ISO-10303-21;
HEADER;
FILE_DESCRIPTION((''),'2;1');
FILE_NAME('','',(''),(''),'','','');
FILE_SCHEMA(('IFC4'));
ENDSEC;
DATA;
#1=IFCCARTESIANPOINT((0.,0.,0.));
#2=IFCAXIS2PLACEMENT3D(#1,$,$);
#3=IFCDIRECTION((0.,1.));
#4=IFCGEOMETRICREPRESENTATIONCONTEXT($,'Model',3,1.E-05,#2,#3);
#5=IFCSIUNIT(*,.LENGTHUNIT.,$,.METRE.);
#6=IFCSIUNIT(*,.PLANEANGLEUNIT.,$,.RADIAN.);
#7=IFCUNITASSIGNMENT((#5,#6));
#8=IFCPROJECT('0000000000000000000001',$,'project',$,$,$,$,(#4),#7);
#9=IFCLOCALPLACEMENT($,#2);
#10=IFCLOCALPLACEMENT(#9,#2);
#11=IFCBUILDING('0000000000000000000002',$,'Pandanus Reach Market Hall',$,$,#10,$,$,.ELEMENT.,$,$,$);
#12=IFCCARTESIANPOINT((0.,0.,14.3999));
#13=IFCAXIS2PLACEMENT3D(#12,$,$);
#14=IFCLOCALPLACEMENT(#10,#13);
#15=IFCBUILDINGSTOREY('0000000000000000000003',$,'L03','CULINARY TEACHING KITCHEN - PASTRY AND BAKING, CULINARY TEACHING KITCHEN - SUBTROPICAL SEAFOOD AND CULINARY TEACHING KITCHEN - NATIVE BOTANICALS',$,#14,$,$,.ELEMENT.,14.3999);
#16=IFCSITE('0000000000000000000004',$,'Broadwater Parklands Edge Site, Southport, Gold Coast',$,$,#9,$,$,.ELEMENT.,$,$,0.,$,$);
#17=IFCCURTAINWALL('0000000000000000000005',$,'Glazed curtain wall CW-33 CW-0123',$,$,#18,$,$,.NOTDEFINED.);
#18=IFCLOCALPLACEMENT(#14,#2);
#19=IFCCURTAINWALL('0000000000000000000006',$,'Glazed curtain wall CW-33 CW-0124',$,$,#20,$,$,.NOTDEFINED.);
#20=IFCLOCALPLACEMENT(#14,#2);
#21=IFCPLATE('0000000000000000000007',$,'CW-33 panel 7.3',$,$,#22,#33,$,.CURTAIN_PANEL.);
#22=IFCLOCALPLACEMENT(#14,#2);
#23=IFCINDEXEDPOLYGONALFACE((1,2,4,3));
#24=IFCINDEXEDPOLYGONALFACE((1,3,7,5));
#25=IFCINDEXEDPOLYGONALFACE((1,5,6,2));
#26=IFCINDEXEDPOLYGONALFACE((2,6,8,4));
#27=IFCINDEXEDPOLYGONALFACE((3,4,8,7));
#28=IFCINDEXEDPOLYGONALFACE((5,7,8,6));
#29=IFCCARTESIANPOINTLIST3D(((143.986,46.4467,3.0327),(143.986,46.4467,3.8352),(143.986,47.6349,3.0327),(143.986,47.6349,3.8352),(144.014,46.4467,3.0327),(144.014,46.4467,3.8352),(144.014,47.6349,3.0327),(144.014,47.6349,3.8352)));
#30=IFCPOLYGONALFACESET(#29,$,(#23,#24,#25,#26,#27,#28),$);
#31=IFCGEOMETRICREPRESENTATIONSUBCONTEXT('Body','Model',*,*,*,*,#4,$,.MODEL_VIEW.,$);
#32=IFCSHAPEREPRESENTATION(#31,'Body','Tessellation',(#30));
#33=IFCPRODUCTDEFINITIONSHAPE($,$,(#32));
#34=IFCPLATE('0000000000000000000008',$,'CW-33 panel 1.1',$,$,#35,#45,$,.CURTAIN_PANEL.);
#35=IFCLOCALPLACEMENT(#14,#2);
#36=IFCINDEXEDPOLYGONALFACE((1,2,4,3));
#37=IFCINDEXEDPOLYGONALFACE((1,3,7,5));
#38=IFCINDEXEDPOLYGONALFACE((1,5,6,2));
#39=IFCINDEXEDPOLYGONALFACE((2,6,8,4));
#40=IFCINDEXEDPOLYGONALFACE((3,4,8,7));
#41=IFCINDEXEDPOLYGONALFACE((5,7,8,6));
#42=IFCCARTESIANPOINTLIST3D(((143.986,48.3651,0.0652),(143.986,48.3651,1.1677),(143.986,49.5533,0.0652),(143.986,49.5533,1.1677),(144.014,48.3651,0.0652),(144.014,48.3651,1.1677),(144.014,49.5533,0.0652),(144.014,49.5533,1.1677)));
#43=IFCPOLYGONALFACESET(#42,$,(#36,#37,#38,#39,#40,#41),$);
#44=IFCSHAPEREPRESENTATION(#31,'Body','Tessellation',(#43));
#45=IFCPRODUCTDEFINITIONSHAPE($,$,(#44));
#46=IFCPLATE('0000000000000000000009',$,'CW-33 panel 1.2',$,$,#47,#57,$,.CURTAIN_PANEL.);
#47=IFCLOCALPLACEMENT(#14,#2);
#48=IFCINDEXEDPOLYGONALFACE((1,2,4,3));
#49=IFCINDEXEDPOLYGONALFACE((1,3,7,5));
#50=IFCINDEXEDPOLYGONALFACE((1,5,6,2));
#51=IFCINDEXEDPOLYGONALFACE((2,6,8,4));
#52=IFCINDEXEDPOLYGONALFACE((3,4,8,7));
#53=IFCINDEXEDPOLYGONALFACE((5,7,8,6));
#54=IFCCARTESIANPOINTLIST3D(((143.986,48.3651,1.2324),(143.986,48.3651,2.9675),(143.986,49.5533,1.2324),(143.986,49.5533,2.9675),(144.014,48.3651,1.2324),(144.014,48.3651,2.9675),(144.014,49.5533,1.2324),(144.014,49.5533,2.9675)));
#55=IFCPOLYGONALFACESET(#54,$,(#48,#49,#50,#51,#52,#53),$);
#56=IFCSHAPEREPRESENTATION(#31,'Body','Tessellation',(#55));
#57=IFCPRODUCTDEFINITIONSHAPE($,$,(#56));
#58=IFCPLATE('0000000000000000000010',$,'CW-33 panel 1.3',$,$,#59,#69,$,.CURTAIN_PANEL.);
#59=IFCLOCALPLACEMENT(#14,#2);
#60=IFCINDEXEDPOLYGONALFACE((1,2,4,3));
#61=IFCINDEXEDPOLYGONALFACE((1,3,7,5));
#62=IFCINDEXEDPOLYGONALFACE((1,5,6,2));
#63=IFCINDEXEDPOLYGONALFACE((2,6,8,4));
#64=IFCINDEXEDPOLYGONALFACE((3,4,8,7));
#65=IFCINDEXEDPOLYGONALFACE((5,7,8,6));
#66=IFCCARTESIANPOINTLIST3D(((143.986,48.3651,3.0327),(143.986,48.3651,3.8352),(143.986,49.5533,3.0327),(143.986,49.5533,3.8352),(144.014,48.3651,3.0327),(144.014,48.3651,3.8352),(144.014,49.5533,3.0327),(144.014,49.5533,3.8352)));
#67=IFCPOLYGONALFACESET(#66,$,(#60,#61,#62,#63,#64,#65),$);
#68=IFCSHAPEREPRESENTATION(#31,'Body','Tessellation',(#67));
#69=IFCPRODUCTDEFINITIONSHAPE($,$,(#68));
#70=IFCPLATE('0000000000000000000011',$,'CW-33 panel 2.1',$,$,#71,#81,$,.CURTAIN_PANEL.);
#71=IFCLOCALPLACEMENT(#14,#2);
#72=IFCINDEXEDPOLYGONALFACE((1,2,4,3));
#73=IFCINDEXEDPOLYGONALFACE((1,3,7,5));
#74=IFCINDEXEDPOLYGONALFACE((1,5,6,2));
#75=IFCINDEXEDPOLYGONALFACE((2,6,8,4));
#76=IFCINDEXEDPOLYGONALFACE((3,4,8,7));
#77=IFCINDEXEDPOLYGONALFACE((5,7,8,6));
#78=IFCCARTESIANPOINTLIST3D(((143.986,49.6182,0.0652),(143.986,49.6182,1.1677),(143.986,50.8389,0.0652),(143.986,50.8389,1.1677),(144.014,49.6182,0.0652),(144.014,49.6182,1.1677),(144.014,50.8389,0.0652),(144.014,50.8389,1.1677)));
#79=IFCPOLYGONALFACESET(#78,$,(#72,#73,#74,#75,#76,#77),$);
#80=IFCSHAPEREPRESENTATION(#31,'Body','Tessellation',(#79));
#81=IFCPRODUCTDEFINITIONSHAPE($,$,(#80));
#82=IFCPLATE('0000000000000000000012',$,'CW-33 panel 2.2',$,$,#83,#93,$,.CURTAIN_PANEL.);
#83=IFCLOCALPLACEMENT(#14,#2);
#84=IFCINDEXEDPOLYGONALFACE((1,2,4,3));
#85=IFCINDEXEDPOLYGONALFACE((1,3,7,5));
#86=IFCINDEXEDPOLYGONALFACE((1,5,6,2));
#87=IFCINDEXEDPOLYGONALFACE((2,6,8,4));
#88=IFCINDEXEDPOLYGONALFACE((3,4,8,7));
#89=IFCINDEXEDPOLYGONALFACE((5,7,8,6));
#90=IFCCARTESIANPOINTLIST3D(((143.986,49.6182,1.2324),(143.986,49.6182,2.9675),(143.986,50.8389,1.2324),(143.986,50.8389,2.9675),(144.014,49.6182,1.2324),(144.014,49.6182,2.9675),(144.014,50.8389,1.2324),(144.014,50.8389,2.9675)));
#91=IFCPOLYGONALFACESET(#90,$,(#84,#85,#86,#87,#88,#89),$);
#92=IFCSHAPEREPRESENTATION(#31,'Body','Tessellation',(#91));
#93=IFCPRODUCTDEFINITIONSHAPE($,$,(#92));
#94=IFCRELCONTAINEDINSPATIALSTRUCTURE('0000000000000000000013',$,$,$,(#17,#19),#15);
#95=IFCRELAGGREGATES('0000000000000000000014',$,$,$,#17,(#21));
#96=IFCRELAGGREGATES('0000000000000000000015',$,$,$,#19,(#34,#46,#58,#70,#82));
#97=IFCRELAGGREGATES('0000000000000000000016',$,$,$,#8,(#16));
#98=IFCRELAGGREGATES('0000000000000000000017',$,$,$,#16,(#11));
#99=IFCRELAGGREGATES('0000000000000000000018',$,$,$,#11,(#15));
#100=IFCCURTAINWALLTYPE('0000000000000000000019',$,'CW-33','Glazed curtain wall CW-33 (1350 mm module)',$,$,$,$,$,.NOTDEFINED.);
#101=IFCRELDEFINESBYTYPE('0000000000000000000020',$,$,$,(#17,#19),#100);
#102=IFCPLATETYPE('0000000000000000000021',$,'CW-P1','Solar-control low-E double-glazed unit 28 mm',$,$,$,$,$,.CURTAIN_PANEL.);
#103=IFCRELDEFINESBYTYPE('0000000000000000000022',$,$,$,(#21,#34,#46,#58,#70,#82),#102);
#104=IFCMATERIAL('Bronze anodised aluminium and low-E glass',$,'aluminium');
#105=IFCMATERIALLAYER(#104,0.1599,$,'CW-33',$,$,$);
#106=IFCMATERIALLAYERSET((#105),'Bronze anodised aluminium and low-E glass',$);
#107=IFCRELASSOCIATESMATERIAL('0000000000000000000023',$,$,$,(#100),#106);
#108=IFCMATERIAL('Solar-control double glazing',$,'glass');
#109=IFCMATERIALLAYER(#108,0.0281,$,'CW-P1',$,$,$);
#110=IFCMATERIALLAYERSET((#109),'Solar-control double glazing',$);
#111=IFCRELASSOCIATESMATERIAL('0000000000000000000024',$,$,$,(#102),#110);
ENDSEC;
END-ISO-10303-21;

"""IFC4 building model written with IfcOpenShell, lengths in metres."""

from ifc_helpers import new_model, si_unit, direction, frame, origin, origin_2d, place, context, subcontext, project, spatial, rectangle, extrude, material, layer, layer_set, type_object, element, aggregate, save


model = new_model("IFC4")

# Units and contexts
model_context = context("Model", 3, precision=1e-05, world=origin(), true_north=direction((0.0, 1.0)))
body_context = subcontext(model_context, "Body", "Model", "MODEL_VIEW")
ifc_project = project(units=[si_unit("LENGTHUNIT", "METRE"), si_unit("PLANEANGLEUNIT", "RADIAN")], contexts=[model_context])

# Site, building, storey
site_placement = place(None, origin())
site = spatial("IfcSite", under=ifc_project, at=site_placement, Name="Broadwater Parklands Edge Site, Southport, Gold Coast", CompositionType="ELEMENT", RefElevation=0.0)
building_placement = place(site_placement, origin())
building = spatial("IfcBuilding", under=site, at=building_placement, Name="Pandanus Reach Market Hall", CompositionType="ELEMENT")
storey_placement = place(building_placement, frame((0.0, 0.0, 14.3999)))
storey = spatial("IfcBuildingStorey", under=building, at=storey_placement, Name="L03", Description="CULINARY TEACHING KITCHEN - PASTRY AND BAKING, CULINARY TEACHING KITCHEN - SUBTROPICAL SEAFOOD AND CULINARY TEACHING KITCHEN - NATIVE BOTANICALS", CompositionType="ELEMENT", Elevation=14.3999)

# Curtain walls
ifc_material_1 = material(Name="Bronze anodised aluminium and low-E glass", Category="aluminium")
ifc_layer_1 = layer(ifc_material_1, 0.1599, Name="CW-33")
ifc_layer_set_1 = layer_set([ifc_layer_1], Name="Bronze anodised aluminium and low-E glass")
curtain_wall_type = type_object("IfcCurtainWallType", Name="CW-33", Description="Glazed curtain wall CW-33 (1350 mm module)", PredefinedType="NOTDEFINED", material=ifc_layer_set_1)
curtain_wall_1_placement = place(storey_placement, origin())
curtain_wall_1 = element("IfcCurtainWall", 1, at=curtain_wall_1_placement, inside=storey, type_object=curtain_wall_type, Name="Glazed curtain wall CW-33 CW-0123", PredefinedType="NOTDEFINED")
curtain_wall_2_placement = place(storey_placement, origin())
curtain_wall_2 = element("IfcCurtainWall", 2, at=curtain_wall_2_placement, inside=storey, type_object=curtain_wall_type, Name="Glazed curtain wall CW-33 CW-0124", PredefinedType="NOTDEFINED")

# Plates
ifc_material_2 = material(Name="Solar-control double glazing", Category="glass")
ifc_layer_2 = layer(ifc_material_2, 0.0281, Name="CW-P1")
ifc_layer_set_2 = layer_set([ifc_layer_2], Name="Solar-control double glazing")
plate_type = type_object("IfcPlateType", Name="CW-P1", Description="Solar-control low-E double-glazed unit 28 mm", PredefinedType="CURTAIN_PANEL", material=ifc_layer_set_2)
plate_1_placement = place(storey_placement, frame((144.0, 47.0408, 3.0327), z_axis=(0.0, 0.0, 1.0), x_axis=(0.0, 1.0, 0.0)))
plate_1 = element("IfcPlate", 3, at=plate_1_placement, type_object=plate_type, Name="CW-33 panel 7.3", PredefinedType="CURTAIN_PANEL", context=body_context, shape_type="SweptSolid", body=[
    extrude(rectangle(XDim=1.1882, YDim=0.0281, at=origin_2d()), origin(), (0.0, 0.0, 1.0), 0.8025),
])
aggregate(curtain_wall_1, [plate_1])
plate_2_placement = place(storey_placement, frame((144.0, 48.9592, 0.0652), z_axis=(0.0, 0.0, 1.0), x_axis=(0.0, 1.0, 0.0)))
plate_2 = element("IfcPlate", 4, at=plate_2_placement, type_object=plate_type, Name="CW-33 panel 1.1", PredefinedType="CURTAIN_PANEL", context=body_context, shape_type="SweptSolid", body=[
    extrude(rectangle(XDim=1.1882, YDim=0.0281, at=origin_2d()), origin(), (0.0, 0.0, 1.0), 1.1025),
])
plate_3_placement = place(storey_placement, frame((144.0, 48.9592, 1.2324), z_axis=(0.0, 0.0, 1.0), x_axis=(0.0, 1.0, 0.0)))
plate_3 = element("IfcPlate", 5, at=plate_3_placement, type_object=plate_type, Name="CW-33 panel 1.2", PredefinedType="CURTAIN_PANEL", context=body_context, shape_type="SweptSolid", body=[
    extrude(rectangle(XDim=1.1882, YDim=0.0281, at=origin_2d()), origin(), (0.0, 0.0, 1.0), 1.7351),
])
plate_4_placement = place(storey_placement, frame((144.0, 48.9592, 3.0327), z_axis=(0.0, 0.0, 1.0), x_axis=(0.0, 1.0, 0.0)))
plate_4 = element("IfcPlate", 6, at=plate_4_placement, type_object=plate_type, Name="CW-33 panel 1.3", PredefinedType="CURTAIN_PANEL", context=body_context, shape_type="SweptSolid", body=[
    extrude(rectangle(XDim=1.1882, YDim=0.0281, at=origin_2d()), origin(), (0.0, 0.0, 1.0), 0.8025),
])
plate_5_placement = place(storey_placement, frame((144.0, 50.2285, 0.0652), z_axis=(0.0, 0.0, 1.0), x_axis=(0.0, 1.0, 0.0)))
plate_5 = element("IfcPlate", 7, at=plate_5_placement, type_object=plate_type, Name="CW-33 panel 2.1", PredefinedType="CURTAIN_PANEL", context=body_context, shape_type="SweptSolid", body=[
    extrude(rectangle(XDim=1.2207, YDim=0.0281, at=origin_2d()), origin(), (0.0, 0.0, 1.0), 1.1025),
])
plate_6_placement = place(storey_placement, frame((144.0, 50.2285, 1.2324), z_axis=(0.0, 0.0, 1.0), x_axis=(0.0, 1.0, 0.0)))
plate_6 = element("IfcPlate", 8, at=plate_6_placement, type_object=plate_type, Name="CW-33 panel 2.2", PredefinedType="CURTAIN_PANEL", context=body_context, shape_type="SweptSolid", body=[
    extrude(rectangle(XDim=1.2207, YDim=0.0281, at=origin_2d()), origin(), (0.0, 0.0, 1.0), 1.7351),
])
aggregate(curtain_wall_2, [plate_2, plate_3, plate_4, plate_5, plate_6])

save(model, "model.ifc")
